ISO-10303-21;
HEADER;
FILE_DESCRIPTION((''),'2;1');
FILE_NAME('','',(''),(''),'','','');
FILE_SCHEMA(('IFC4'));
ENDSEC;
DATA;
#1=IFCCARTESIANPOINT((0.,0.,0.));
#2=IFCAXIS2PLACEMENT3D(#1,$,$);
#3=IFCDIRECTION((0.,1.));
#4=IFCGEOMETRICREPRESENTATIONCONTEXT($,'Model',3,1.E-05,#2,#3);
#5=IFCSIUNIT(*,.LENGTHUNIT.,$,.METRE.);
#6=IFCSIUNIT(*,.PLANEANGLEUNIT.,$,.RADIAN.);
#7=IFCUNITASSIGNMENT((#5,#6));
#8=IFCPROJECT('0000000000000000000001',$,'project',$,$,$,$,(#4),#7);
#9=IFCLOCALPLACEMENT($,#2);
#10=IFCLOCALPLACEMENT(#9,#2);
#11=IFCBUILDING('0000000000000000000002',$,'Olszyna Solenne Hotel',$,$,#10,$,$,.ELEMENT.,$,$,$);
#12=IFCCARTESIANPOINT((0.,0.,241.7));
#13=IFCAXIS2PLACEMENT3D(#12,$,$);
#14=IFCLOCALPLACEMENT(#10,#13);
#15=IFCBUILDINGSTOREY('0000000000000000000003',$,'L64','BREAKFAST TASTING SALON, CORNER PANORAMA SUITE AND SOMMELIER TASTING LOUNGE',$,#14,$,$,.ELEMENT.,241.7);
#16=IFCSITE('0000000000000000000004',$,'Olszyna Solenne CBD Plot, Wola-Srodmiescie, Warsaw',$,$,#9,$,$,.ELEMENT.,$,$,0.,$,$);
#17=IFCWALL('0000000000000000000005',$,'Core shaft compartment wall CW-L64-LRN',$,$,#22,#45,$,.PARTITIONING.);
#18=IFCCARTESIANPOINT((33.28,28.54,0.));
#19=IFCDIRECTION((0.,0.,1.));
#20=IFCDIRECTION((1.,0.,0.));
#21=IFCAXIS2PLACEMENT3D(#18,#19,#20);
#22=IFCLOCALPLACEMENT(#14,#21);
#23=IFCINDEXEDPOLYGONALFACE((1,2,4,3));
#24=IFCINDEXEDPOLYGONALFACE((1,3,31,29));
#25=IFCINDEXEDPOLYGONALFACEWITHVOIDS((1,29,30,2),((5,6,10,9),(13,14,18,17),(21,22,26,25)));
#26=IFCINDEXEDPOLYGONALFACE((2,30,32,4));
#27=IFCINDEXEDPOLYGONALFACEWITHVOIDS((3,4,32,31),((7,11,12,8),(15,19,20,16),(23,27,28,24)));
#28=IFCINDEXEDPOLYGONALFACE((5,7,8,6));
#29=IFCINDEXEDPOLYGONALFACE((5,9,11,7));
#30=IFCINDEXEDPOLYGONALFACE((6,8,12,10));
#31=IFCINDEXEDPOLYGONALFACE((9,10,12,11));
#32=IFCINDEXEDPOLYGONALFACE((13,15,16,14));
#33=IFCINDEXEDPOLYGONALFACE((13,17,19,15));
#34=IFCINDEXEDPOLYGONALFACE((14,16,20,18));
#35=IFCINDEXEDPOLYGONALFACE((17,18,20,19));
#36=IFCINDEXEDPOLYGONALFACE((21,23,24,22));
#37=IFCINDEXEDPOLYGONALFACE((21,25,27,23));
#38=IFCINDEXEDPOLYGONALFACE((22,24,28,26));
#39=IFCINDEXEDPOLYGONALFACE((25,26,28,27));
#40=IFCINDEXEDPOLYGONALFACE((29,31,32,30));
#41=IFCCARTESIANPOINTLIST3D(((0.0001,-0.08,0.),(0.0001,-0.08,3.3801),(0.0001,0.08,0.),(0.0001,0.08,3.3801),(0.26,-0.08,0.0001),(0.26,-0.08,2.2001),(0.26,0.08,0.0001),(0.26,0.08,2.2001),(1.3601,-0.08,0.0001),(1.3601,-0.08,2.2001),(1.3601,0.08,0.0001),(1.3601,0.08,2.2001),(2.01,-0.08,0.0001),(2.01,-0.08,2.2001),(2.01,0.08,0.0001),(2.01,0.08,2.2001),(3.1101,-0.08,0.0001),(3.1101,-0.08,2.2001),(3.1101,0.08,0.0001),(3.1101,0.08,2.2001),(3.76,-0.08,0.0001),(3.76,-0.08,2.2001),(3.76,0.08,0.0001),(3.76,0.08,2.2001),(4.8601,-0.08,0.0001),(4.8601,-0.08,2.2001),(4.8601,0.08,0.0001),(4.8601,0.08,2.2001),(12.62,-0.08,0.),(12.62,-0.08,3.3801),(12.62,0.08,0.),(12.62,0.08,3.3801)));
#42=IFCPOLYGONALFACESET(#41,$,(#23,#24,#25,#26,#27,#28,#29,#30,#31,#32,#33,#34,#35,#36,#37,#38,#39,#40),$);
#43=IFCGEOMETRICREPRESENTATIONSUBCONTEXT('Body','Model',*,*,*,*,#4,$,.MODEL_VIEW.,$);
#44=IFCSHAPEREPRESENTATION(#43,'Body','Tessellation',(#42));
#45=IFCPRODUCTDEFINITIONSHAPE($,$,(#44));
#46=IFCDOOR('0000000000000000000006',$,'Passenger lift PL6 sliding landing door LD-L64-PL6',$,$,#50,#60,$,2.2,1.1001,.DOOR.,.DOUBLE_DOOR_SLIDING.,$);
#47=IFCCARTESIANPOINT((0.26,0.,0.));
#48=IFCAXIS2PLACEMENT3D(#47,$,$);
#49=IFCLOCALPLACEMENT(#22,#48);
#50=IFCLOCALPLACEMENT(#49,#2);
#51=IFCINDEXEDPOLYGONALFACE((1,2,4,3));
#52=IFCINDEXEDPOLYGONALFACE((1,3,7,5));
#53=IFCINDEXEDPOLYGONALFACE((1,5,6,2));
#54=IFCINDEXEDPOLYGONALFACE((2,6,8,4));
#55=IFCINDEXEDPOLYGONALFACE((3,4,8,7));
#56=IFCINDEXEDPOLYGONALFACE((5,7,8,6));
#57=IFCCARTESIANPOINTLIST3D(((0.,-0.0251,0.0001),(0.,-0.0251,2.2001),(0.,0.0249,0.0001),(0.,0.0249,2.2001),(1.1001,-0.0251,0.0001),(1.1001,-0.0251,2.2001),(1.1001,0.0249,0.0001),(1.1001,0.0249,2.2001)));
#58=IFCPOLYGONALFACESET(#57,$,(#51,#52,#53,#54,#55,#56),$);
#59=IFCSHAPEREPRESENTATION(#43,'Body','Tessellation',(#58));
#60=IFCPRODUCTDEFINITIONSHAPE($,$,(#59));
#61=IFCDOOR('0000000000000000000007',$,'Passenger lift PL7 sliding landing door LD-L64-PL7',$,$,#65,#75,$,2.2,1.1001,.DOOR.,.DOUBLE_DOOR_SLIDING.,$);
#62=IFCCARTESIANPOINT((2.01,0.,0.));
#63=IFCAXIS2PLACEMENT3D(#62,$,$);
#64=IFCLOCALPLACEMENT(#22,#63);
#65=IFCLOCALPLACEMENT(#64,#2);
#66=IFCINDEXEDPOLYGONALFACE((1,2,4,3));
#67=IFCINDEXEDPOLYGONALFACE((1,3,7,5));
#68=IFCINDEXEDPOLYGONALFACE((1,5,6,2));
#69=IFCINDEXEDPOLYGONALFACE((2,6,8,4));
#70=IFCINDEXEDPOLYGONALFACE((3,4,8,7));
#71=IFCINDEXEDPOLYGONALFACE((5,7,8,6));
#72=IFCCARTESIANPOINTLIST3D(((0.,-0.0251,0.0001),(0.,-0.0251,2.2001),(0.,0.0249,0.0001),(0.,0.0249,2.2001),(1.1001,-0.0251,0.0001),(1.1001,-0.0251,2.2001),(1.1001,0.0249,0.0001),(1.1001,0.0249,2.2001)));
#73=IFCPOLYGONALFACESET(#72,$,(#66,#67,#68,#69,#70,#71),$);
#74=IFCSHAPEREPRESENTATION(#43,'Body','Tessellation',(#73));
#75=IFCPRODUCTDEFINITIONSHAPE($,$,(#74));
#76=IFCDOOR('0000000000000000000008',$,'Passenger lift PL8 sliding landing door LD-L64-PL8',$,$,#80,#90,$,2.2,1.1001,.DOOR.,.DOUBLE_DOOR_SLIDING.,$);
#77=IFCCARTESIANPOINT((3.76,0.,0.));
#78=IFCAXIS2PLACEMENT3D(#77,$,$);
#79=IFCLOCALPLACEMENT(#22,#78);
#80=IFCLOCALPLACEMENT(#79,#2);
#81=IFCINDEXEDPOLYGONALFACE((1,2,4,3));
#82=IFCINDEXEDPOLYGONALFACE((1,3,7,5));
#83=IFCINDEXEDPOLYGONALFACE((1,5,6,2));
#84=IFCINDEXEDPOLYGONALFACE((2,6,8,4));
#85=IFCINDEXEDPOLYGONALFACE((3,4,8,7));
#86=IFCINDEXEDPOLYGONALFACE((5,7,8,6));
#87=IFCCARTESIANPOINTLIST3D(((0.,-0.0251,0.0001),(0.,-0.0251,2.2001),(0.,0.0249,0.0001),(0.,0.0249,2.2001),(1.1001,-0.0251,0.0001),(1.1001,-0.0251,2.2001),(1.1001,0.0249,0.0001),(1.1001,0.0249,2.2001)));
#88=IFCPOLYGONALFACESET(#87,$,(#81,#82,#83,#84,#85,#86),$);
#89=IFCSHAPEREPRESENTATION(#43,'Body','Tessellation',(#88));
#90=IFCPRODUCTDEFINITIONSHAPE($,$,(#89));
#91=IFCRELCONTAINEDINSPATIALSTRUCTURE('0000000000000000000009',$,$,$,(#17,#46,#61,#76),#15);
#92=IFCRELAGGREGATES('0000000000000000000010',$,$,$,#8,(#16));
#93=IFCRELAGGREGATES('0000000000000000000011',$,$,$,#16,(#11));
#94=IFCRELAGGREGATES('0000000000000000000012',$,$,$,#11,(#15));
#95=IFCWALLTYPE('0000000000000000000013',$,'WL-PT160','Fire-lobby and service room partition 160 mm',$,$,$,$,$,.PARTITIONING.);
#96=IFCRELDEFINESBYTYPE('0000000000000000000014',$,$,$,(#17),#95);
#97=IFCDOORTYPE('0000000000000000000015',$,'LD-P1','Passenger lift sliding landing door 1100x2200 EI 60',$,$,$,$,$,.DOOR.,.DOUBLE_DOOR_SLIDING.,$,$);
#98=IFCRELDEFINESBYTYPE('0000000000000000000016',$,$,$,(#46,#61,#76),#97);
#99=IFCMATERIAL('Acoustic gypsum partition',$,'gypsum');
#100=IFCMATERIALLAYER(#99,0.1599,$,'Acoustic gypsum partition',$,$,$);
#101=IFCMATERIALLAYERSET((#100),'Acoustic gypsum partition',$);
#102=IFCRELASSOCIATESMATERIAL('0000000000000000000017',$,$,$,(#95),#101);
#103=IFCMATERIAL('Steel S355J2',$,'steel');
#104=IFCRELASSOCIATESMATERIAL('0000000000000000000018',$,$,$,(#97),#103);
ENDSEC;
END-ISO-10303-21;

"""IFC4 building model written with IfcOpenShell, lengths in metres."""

from ifc_helpers import new_model, si_unit, direction, frame, frame_2d, origin, place, context, subcontext, project, spatial, rectangle, extrude, source, transform, mapped, material, layer, layer_set, type_object, type_shapes, element, fill, save


model = new_model("IFC4")

# Units and contexts
model_context = context("Model", 3, precision=1e-05, world=origin(), true_north=direction((0.0, 1.0)))
body_context = subcontext(model_context, "Body", "Model", "MODEL_VIEW")
ifc_project = project(units=[si_unit("LENGTHUNIT", "METRE"), si_unit("PLANEANGLEUNIT", "RADIAN")], contexts=[model_context])

# Site, building, storey
site_placement = place(None, origin())
site = spatial("IfcSite", under=ifc_project, at=site_placement, Name="Olszyna Solenne CBD Plot, Wola-Srodmiescie, Warsaw", CompositionType="ELEMENT", RefElevation=0.0)
building_placement = place(site_placement, origin())
building = spatial("IfcBuilding", under=site, at=building_placement, Name="Olszyna Solenne Hotel", CompositionType="ELEMENT")
storey_placement = place(building_placement, frame((0.0, 0.0, 241.7)))
storey = spatial("IfcBuildingStorey", under=building, at=storey_placement, Name="L64", Description="BREAKFAST TASTING SALON, CORNER PANORAMA SUITE AND SOMMELIER TASTING LOUNGE", CompositionType="ELEMENT", Elevation=241.7)

# Shared definitions
ifc_material_1 = material(Name="Steel S355J2", Category="steel")

# Shared definitions
ifc_material_2 = material(Name="Acoustic gypsum partition", Category="gypsum")
ifc_layer_1 = layer(ifc_material_2, 0.1599, Name="Acoustic gypsum partition")
ifc_layer_set_1 = layer_set([ifc_layer_1], Name="Acoustic gypsum partition")
wall_type_1 = type_object("IfcWallType", Name="WL-PT160", Description="Fire-lobby and service room partition 160 mm", PredefinedType="PARTITIONING", material=ifc_layer_set_1)

# Wall, openings, doors
door_type_1 = type_object("IfcDoorType", Name="LD-P1", Description="Passenger lift sliding landing door 1100x2200 EI 60", OperationType="DOUBLE_DOOR_SLIDING", PredefinedType="DOOR", material=ifc_material_1)
shared_shape_1 = source(origin(), body_context, "Body", "SweptSolid", [
    extrude(rectangle(XDim=1.1001, YDim=2.2, at=frame_2d((0.55, 1.1001))), frame((0.0, 0.0249, 0.0), z_axis=(0.0, -1.0, 0.0), x_axis=(1.0, 0.0, 0.0)), (0.0, 0.0, 1.0), 0.05),
])
type_shapes(door_type_1, [shared_shape_1])
wall_1_placement = place(storey_placement, frame((33.28, 28.54, 0.0), z_axis=(0.0, 0.0, 1.0), x_axis=(1.0, 0.0, 0.0)))
wall_1 = element("IfcWall", 1, at=wall_1_placement, inside=storey, type_object=wall_type_1, Name="Core shaft compartment wall CW-L64-LRN", PredefinedType="PARTITIONING", context=body_context, shape_type="SweptSolid", body=[
    extrude(rectangle(XDim=12.6199, YDim=0.1599, at=frame_2d((6.3101, 0.0))), origin(), (0.0, 0.0, 1.0), 3.3801),
])
opening_1_placement = place(wall_1_placement, frame((0.26, 0.0, 0.0)))
opening_1 = element("IfcOpeningElement", 2, at=opening_1_placement, cuts=wall_1, PredefinedType="OPENING", context=body_context, shape_type="SweptSolid", body=[
    extrude(rectangle(XDim=1.1001, YDim=2.2, at=frame_2d((0.55, 1.1001))), frame((0.0, 0.0898, 0.0), z_axis=(0.0, -1.0, 0.0), x_axis=(1.0, 0.0, 0.0)), (0.0, 0.0, 1.0), 0.1799),
])
opening_2_placement = place(wall_1_placement, frame((2.01, 0.0, 0.0)))
opening_2 = element("IfcOpeningElement", 3, at=opening_2_placement, cuts=wall_1, PredefinedType="OPENING", context=body_context, shape_type="SweptSolid", body=[
    extrude(rectangle(XDim=1.1001, YDim=2.2, at=frame_2d((0.55, 1.1001))), frame((0.0, 0.0898, 0.0), z_axis=(0.0, -1.0, 0.0), x_axis=(1.0, 0.0, 0.0)), (0.0, 0.0, 1.0), 0.1799),
])
opening_3_placement = place(wall_1_placement, frame((3.76, 0.0, 0.0)))
opening_3 = element("IfcOpeningElement", 4, at=opening_3_placement, cuts=wall_1, PredefinedType="OPENING", context=body_context, shape_type="SweptSolid", body=[
    extrude(rectangle(XDim=1.1001, YDim=2.2, at=frame_2d((0.55, 1.1001))), frame((0.0, 0.0898, 0.0), z_axis=(0.0, -1.0, 0.0), x_axis=(1.0, 0.0, 0.0)), (0.0, 0.0, 1.0), 0.1799),
])
door_1_placement = place(opening_1_placement, origin())
door_1 = element("IfcDoor", 5, at=door_1_placement, inside=storey, type_object=door_type_1, Name="Passenger lift PL6 sliding landing door LD-L64-PL6", OperationType="DOUBLE_DOOR_SLIDING", OverallHeight=2.2, OverallWidth=1.1001, PredefinedType="DOOR", context=body_context, shape_type="MappedRepresentation", body=[
    mapped(shared_shape_1, transform((0.0, 0.0, 0.0), x_axis=(1.0, 0.0, 0.0), y_axis=(0.0, 1.0, 0.0), z_axis=(0.0, 0.0, 1.0), scale=1.0)),
])
fill(opening_1, door_1)
door_2_placement = place(opening_2_placement, origin())
door_2 = element("IfcDoor", 6, at=door_2_placement, inside=storey, type_object=door_type_1, Name="Passenger lift PL7 sliding landing door LD-L64-PL7", OperationType="DOUBLE_DOOR_SLIDING", OverallHeight=2.2, OverallWidth=1.1001, PredefinedType="DOOR", context=body_context, shape_type="MappedRepresentation", body=[
    mapped(shared_shape_1, transform((0.0, 0.0, 0.0), x_axis=(1.0, 0.0, 0.0), y_axis=(0.0, 1.0, 0.0), z_axis=(0.0, 0.0, 1.0), scale=1.0)),
])
fill(opening_2, door_2)
door_3_placement = place(opening_3_placement, origin())
door_3 = element("IfcDoor", 7, at=door_3_placement, inside=storey, type_object=door_type_1, Name="Passenger lift PL8 sliding landing door LD-L64-PL8", OperationType="DOUBLE_DOOR_SLIDING", OverallHeight=2.2, OverallWidth=1.1001, PredefinedType="DOOR", context=body_context, shape_type="MappedRepresentation", body=[
    mapped(shared_shape_1, transform((0.0, 0.0, 0.0), x_axis=(1.0, 0.0, 0.0), y_axis=(0.0, 1.0, 0.0), z_axis=(0.0, 0.0, 1.0), scale=1.0)),
])
fill(opening_3, door_3)

save(model, "model.ifc")
